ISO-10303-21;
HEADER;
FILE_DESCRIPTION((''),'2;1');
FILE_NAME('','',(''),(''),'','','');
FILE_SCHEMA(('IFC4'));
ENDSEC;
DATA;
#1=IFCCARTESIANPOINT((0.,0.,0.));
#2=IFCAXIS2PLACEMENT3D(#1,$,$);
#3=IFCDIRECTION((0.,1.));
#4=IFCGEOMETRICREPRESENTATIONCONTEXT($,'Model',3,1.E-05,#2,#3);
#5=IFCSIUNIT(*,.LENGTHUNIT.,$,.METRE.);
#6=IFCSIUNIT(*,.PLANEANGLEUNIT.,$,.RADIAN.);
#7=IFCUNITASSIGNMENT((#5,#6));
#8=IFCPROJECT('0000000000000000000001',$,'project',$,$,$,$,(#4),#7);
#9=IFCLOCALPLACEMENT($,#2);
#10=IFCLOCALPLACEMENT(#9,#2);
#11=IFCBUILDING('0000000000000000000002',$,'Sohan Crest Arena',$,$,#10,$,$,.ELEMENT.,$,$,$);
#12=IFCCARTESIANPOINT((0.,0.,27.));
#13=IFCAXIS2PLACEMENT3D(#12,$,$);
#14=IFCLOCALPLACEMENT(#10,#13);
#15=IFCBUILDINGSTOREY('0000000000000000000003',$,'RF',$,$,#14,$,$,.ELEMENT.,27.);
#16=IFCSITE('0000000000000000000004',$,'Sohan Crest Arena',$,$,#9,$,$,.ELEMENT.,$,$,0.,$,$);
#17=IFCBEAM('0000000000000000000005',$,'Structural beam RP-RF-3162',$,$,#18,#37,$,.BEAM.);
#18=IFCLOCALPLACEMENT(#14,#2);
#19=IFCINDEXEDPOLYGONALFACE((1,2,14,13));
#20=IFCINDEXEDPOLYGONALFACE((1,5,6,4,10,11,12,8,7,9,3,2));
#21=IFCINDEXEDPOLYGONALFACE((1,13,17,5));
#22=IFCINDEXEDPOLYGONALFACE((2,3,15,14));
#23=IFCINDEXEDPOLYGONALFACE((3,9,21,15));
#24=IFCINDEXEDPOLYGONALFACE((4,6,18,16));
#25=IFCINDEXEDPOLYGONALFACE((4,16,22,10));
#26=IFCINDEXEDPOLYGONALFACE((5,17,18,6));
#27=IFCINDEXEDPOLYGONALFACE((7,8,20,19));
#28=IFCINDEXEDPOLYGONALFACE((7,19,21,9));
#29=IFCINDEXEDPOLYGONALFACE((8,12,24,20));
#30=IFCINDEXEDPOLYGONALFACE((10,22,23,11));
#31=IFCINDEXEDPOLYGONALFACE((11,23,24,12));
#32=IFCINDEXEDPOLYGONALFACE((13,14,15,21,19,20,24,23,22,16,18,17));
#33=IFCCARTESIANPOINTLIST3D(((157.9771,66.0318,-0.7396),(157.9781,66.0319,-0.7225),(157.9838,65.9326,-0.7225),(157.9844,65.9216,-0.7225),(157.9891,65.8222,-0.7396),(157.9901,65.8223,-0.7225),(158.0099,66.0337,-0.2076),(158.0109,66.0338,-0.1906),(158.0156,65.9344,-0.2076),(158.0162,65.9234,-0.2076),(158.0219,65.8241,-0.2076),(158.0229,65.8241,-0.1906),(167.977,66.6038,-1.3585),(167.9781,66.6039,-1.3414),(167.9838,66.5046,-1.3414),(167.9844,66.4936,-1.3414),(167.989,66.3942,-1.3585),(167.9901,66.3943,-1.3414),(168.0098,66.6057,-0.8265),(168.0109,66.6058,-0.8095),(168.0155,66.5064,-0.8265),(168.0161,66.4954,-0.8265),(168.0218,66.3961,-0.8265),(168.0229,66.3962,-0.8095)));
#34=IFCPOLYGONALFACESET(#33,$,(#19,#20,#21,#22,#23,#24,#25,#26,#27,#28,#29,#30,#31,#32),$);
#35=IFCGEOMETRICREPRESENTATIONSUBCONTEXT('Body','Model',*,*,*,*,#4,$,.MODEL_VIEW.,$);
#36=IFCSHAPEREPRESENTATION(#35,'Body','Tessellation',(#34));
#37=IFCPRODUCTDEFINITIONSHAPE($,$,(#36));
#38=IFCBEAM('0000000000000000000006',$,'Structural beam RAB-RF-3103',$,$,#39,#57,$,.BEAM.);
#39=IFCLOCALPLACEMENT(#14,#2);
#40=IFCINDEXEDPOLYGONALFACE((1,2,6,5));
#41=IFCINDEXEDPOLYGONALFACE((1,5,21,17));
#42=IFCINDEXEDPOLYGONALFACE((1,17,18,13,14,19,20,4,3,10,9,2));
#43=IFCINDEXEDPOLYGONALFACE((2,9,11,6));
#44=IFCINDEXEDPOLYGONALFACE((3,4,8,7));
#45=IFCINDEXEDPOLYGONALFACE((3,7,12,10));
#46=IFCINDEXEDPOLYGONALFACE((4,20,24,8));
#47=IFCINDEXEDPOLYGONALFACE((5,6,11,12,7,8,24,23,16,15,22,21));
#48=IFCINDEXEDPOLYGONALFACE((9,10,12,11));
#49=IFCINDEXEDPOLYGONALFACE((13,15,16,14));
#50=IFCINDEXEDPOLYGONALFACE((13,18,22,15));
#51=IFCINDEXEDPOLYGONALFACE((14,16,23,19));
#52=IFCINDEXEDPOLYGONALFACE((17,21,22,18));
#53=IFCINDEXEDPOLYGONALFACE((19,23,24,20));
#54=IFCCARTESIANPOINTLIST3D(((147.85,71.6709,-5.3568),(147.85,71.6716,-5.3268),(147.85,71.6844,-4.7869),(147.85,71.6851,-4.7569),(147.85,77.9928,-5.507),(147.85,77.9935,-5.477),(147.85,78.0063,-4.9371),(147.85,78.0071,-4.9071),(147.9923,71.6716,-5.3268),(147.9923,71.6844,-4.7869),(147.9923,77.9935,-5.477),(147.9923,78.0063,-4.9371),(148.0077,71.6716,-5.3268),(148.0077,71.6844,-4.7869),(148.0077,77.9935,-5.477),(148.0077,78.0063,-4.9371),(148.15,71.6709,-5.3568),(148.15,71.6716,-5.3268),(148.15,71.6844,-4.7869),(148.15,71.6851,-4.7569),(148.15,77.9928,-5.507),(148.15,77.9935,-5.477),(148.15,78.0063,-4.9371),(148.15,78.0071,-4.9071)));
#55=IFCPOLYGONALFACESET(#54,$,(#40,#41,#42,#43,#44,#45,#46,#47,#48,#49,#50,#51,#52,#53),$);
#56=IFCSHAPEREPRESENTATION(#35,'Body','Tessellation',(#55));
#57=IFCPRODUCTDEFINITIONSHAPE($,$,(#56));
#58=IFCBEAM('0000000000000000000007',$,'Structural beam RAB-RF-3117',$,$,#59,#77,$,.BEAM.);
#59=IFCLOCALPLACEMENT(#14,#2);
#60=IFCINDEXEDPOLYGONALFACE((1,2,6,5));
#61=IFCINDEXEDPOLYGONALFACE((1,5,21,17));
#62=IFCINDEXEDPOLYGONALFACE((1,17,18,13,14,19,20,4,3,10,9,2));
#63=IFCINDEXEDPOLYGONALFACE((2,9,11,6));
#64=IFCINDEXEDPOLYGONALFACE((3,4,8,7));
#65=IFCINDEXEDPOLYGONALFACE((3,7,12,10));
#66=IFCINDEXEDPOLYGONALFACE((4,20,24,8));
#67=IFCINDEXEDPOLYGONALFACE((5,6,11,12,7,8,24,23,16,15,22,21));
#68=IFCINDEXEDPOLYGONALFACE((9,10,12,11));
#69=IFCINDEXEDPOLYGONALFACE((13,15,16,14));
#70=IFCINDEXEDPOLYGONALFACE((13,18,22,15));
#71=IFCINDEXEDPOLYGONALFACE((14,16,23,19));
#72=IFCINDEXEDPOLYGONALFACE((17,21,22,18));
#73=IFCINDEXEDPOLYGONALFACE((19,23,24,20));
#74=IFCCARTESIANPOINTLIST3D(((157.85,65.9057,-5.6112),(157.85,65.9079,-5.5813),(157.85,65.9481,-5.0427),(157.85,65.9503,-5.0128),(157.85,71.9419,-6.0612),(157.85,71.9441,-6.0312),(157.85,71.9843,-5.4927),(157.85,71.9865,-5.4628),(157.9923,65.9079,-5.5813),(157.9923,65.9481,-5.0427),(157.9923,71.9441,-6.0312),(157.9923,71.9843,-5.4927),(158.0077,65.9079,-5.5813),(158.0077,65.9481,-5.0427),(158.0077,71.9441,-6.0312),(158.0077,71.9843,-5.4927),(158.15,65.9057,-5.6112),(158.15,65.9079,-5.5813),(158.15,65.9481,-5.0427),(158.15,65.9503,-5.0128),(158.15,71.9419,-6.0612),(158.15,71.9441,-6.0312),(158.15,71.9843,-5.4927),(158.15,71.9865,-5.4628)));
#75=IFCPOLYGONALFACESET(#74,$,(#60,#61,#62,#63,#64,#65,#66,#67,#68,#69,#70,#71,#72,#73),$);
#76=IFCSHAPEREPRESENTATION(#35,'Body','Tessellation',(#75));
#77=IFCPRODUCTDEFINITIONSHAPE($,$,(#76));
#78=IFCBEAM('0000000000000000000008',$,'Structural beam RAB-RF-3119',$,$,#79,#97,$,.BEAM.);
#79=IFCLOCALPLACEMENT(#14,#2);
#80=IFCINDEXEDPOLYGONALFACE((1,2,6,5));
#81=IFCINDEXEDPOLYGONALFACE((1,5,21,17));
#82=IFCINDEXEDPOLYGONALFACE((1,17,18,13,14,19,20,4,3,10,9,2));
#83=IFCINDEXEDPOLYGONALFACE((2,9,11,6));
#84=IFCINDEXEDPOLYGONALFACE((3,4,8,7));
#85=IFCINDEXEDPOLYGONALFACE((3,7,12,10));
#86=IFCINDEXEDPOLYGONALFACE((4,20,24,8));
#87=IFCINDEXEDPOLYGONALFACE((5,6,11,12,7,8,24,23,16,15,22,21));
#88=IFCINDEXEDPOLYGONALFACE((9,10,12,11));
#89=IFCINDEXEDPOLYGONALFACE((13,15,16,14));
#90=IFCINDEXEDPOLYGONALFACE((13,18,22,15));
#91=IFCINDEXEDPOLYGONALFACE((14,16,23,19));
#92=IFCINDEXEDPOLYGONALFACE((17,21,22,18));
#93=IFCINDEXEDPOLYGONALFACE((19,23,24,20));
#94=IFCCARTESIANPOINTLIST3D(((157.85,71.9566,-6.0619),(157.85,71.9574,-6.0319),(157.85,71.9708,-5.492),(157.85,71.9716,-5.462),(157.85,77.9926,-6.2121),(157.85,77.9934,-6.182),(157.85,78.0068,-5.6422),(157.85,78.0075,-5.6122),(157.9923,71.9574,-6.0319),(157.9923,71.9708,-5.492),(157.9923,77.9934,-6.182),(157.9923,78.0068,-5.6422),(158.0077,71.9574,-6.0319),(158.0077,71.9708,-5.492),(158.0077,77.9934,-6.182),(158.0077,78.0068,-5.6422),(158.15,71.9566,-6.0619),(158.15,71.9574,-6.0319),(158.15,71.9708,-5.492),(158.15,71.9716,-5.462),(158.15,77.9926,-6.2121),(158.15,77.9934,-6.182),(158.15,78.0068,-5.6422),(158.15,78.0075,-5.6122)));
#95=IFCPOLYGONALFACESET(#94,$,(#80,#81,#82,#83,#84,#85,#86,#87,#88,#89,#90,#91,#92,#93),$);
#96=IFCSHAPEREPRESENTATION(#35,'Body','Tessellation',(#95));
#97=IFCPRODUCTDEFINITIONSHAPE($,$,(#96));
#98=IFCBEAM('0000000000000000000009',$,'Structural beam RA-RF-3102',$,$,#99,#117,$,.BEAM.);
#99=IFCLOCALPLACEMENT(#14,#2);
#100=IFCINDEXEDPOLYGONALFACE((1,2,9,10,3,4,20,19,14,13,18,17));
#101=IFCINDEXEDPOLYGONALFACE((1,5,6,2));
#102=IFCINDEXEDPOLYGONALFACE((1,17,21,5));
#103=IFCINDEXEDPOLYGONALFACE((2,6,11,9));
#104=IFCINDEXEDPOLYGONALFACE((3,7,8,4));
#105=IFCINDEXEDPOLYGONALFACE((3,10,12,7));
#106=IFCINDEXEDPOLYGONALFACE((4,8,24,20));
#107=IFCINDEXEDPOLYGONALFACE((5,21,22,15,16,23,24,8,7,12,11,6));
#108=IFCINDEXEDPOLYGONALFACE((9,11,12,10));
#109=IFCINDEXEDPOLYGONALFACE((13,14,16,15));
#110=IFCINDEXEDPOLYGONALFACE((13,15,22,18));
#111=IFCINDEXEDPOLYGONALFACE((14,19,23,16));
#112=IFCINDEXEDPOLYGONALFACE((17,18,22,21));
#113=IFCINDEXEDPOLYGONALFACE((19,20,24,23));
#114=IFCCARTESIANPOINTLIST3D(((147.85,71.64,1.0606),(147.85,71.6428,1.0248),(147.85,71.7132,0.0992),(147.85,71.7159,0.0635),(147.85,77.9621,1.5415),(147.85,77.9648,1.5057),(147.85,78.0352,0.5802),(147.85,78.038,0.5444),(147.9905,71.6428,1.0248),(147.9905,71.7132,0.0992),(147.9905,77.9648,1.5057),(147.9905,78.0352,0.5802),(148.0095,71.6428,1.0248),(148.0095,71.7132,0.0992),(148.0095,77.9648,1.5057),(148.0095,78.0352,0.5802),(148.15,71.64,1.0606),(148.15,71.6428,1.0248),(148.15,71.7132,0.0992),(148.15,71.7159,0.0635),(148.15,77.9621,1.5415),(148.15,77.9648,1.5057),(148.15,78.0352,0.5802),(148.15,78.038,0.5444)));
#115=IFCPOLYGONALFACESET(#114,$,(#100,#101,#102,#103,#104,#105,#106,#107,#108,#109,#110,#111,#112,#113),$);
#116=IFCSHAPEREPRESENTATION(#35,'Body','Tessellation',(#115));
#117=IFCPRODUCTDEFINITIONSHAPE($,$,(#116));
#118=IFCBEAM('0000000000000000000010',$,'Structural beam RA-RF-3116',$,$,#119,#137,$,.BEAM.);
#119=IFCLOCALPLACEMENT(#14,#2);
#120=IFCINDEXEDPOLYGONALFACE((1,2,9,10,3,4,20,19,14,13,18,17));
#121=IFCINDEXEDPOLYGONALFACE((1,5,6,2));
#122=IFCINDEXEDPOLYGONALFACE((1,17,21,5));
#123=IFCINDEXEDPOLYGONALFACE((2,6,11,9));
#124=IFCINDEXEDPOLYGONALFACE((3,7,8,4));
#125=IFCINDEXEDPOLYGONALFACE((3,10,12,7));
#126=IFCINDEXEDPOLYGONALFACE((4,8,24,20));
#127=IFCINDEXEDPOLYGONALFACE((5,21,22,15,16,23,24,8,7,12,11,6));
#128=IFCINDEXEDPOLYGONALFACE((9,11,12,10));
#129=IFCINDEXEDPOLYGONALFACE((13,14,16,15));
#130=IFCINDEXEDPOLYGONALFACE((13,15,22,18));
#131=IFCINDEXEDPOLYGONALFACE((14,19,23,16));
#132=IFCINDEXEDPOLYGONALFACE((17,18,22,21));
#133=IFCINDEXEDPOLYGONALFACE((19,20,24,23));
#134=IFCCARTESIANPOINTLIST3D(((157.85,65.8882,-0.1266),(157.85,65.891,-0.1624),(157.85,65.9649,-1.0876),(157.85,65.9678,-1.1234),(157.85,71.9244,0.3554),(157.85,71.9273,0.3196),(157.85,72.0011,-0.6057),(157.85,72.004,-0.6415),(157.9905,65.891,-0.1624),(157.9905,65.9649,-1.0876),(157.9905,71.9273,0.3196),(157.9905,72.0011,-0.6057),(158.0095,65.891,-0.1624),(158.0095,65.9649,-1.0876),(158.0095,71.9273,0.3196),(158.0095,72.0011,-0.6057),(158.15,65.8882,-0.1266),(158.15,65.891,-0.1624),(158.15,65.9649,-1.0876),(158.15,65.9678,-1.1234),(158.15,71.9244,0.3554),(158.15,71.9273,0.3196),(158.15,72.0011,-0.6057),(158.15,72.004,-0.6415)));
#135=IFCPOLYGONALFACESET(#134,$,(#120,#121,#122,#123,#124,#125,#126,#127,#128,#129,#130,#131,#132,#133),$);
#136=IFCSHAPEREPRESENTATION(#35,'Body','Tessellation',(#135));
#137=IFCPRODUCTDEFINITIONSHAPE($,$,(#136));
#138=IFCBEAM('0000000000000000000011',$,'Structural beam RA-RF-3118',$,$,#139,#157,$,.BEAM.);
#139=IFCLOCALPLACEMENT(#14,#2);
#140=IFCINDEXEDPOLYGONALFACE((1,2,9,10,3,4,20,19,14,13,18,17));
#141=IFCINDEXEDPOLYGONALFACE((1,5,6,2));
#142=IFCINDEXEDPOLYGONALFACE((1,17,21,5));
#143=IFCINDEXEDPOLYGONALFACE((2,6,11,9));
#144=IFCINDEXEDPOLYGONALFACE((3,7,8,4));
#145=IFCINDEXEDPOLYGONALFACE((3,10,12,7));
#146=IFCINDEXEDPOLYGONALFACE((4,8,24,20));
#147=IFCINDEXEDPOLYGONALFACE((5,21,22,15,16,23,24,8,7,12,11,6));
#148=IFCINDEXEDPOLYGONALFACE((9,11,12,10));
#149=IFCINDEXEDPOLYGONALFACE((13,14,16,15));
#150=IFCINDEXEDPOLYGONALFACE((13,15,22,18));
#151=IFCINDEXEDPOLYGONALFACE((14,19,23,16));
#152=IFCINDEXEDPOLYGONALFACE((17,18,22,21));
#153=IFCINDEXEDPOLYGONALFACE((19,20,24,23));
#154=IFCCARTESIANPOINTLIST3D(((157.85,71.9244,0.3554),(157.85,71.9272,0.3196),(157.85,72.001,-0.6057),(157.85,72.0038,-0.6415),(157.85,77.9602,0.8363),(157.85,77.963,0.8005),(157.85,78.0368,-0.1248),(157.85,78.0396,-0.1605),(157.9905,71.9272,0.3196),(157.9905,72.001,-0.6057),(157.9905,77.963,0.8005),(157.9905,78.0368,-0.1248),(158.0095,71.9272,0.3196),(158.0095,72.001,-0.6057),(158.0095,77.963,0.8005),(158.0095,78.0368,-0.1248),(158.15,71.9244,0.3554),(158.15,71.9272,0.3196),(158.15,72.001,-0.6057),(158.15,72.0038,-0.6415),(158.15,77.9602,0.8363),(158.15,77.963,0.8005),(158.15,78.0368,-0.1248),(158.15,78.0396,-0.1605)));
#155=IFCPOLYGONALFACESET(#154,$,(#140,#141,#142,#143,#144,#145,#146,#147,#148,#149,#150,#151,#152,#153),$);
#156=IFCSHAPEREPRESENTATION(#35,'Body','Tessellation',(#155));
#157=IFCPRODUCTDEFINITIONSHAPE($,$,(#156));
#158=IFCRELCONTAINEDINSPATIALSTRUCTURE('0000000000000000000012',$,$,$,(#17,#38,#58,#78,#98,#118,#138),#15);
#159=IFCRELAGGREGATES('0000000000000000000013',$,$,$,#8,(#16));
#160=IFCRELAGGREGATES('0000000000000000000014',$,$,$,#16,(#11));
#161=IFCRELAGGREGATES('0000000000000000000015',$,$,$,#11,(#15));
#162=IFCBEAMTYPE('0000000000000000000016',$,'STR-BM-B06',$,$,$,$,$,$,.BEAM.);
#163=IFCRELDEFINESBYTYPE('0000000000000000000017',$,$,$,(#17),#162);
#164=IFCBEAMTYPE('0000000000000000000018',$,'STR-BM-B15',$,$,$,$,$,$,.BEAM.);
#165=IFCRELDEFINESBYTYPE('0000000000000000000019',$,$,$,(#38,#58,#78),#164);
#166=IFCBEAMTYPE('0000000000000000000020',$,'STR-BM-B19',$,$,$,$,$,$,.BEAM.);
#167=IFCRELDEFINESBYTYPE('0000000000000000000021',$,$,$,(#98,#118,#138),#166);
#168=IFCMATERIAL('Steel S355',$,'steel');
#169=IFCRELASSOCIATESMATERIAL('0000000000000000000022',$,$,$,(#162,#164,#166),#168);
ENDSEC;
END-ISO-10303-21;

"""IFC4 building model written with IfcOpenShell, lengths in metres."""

from ifc_helpers import new_model, si_unit, direction, frame, origin, origin_2d, place, context, subcontext, project, spatial, i_section, extrude, material, material_profile, profile_set, type_object, element, save


model = new_model("IFC4")

# Units and contexts
model_context = context("Model", 3, precision=1e-05, world=origin(), true_north=direction((0.0, 1.0)))
body_context = subcontext(model_context, "Body", "Model", "MODEL_VIEW")
ifc_project = project(units=[si_unit("LENGTHUNIT", "METRE"), si_unit("PLANEANGLEUNIT", "RADIAN")], contexts=[model_context])

# Site, building, storey
site_placement = place(None, origin())
site = spatial("IfcSite", under=ifc_project, at=site_placement, Name="Sohan Crest Arena", CompositionType="ELEMENT", RefElevation=0.0)
building_placement = place(site_placement, origin())
building = spatial("IfcBuilding", under=site, at=building_placement, Name="Sohan Crest Arena", CompositionType="ELEMENT")
storey_placement = place(building_placement, frame((0.0, 0.0, 27.0)))
storey = spatial("IfcBuildingStorey", under=building, at=storey_placement, Name="RF", CompositionType="ELEMENT", Elevation=27.0)

# Beams
ifc_material_1 = material(Name="Steel S355", Category="steel")
ifc_material_profile_1 = material_profile(ifc_material_1, i_section(OverallWidth=0.21, OverallDepth=0.55, WebThickness=0.011, FlangeThickness=0.0171, at=origin_2d()), Name="IPE 550")
ifc_profile_set_1 = profile_set([ifc_material_profile_1], Name="Steel S355")
beam_type_1 = type_object("IfcBeamType", Name="STR-BM-B06", PredefinedType="BEAM", material=ifc_profile_set_1)
beam_1_placement = place(storey_placement, frame((158.0, 65.928, -0.4651), z_axis=(0.996468, 0.057, -0.061671), x_axis=(-0.057109, 0.998368, 0.0)))
element("IfcBeam", 1, at=beam_1_placement, inside=storey, type_object=beam_type_1, Name="Structural beam RP-RF-3162", PredefinedType="BEAM", context=body_context, shape_type="SweptSolid", body=[
    extrude(i_section(OverallWidth=0.21, OverallDepth=0.55, WebThickness=0.011, FlangeThickness=0.0171, at=origin_2d()), origin(), (0.0, 0.0, 1.0), 10.0354),
])
ifc_material_profile_2 = material_profile(ifc_material_1, i_section(OverallWidth=0.3, OverallDepth=0.6001, WebThickness=0.0154, FlangeThickness=0.03, at=origin_2d()), Name="HEB 600")
ifc_profile_set_2 = profile_set([ifc_material_profile_2], Name="Steel S355")
beam_type_2 = type_object("IfcBeamType", Name="STR-BM-B15", PredefinedType="BEAM", material=ifc_profile_set_2)
beam_2_placement = place(storey_placement, frame((148.0, 71.678, -5.0569), z_axis=(0.0, 0.999718, -0.023743), x_axis=(-1.0, 0.0, 0.0)))
element("IfcBeam", 2, at=beam_2_placement, inside=storey, type_object=beam_type_2, Name="Structural beam RAB-RF-3103", PredefinedType="BEAM", context=body_context, shape_type="SweptSolid", body=[
    extrude(i_section(OverallWidth=0.3, OverallDepth=0.6001, WebThickness=0.0154, FlangeThickness=0.03, at=origin_2d()), origin(), (0.0, 0.0, 1.0), 6.3237),
])
beam_3_placement = place(storey_placement, frame((158.0, 65.928, -5.312), z_axis=(0.0, 0.997233, -0.074337), x_axis=(-1.0, 0.0, 0.0)))
element("IfcBeam", 3, at=beam_3_placement, inside=storey, type_object=beam_type_2, Name="Structural beam RAB-RF-3117", PredefinedType="BEAM", context=body_context, shape_type="SweptSolid", body=[
    extrude(i_section(OverallWidth=0.3, OverallDepth=0.6001, WebThickness=0.0154, FlangeThickness=0.03, at=origin_2d()), origin(), (0.0, 0.0, 1.0), 6.053),
])
beam_4_placement = place(storey_placement, frame((158.0, 71.9641, -5.762), z_axis=(0.0, 0.999691, -0.024868), x_axis=(-1.0, 0.0, 0.0)))
element("IfcBeam", 4, at=beam_4_placement, inside=storey, type_object=beam_type_2, Name="Structural beam RAB-RF-3119", PredefinedType="BEAM", context=body_context, shape_type="SweptSolid", body=[
    extrude(i_section(OverallWidth=0.3, OverallDepth=0.6001, WebThickness=0.0154, FlangeThickness=0.03, at=origin_2d()), origin(), (0.0, 0.0, 1.0), 6.0378),
])
ifc_material_profile_3 = material_profile(ifc_material_1, i_section(OverallWidth=0.3, OverallDepth=1.0, WebThickness=0.019, FlangeThickness=0.0359, at=origin_2d()), Name="HEB 1000")
ifc_profile_set_3 = profile_set([ifc_material_profile_3], Name="Steel S355")
beam_type_3 = type_object("IfcBeamType", Name="STR-BM-B19", PredefinedType="BEAM", material=ifc_profile_set_3)
beam_5_placement = place(storey_placement, frame((148.0, 71.678, 0.562), z_axis=(0.0, 0.997119, 0.075857), x_axis=(-1.0, 0.0, 0.0)))
element("IfcBeam", 5, at=beam_5_placement, inside=storey, type_object=beam_type_3, Name="Structural beam RA-RF-3102", PredefinedType="BEAM", context=body_context, shape_type="SweptSolid", body=[
    extrude(i_section(OverallWidth=0.3, OverallDepth=1.0, WebThickness=0.019, FlangeThickness=0.0359, at=origin_2d()), origin(), (0.0, 0.0, 1.0), 6.3403),
])
beam_6_placement = place(storey_placement, frame((158.0, 65.928, -0.625), z_axis=(0.0, 0.996828, 0.079588), x_axis=(-1.0, 0.0, 0.0)))
element("IfcBeam", 6, at=beam_6_placement, inside=storey, type_object=beam_type_3, Name="Structural beam RA-RF-3116", PredefinedType="BEAM", context=body_context, shape_type="SweptSolid", body=[
    extrude(i_section(OverallWidth=0.3, OverallDepth=1.0, WebThickness=0.019, FlangeThickness=0.0359, at=origin_2d()), origin(), (0.0, 0.0, 1.0), 6.0554),
])
beam_7_placement = place(storey_placement, frame((158.0, 71.9641, -0.1431), z_axis=(0.0, 0.99684, 0.079431), x_axis=(-1.0, 0.0, 0.0)))
element("IfcBeam", 7, at=beam_7_placement, inside=storey, type_object=beam_type_3, Name="Structural beam RA-RF-3118", PredefinedType="BEAM", context=body_context, shape_type="SweptSolid", body=[
    extrude(i_section(OverallWidth=0.3, OverallDepth=1.0, WebThickness=0.019, FlangeThickness=0.0359, at=origin_2d()), origin(), (0.0, 0.0, 1.0), 6.0549),
])

save(model, "model.ifc")
